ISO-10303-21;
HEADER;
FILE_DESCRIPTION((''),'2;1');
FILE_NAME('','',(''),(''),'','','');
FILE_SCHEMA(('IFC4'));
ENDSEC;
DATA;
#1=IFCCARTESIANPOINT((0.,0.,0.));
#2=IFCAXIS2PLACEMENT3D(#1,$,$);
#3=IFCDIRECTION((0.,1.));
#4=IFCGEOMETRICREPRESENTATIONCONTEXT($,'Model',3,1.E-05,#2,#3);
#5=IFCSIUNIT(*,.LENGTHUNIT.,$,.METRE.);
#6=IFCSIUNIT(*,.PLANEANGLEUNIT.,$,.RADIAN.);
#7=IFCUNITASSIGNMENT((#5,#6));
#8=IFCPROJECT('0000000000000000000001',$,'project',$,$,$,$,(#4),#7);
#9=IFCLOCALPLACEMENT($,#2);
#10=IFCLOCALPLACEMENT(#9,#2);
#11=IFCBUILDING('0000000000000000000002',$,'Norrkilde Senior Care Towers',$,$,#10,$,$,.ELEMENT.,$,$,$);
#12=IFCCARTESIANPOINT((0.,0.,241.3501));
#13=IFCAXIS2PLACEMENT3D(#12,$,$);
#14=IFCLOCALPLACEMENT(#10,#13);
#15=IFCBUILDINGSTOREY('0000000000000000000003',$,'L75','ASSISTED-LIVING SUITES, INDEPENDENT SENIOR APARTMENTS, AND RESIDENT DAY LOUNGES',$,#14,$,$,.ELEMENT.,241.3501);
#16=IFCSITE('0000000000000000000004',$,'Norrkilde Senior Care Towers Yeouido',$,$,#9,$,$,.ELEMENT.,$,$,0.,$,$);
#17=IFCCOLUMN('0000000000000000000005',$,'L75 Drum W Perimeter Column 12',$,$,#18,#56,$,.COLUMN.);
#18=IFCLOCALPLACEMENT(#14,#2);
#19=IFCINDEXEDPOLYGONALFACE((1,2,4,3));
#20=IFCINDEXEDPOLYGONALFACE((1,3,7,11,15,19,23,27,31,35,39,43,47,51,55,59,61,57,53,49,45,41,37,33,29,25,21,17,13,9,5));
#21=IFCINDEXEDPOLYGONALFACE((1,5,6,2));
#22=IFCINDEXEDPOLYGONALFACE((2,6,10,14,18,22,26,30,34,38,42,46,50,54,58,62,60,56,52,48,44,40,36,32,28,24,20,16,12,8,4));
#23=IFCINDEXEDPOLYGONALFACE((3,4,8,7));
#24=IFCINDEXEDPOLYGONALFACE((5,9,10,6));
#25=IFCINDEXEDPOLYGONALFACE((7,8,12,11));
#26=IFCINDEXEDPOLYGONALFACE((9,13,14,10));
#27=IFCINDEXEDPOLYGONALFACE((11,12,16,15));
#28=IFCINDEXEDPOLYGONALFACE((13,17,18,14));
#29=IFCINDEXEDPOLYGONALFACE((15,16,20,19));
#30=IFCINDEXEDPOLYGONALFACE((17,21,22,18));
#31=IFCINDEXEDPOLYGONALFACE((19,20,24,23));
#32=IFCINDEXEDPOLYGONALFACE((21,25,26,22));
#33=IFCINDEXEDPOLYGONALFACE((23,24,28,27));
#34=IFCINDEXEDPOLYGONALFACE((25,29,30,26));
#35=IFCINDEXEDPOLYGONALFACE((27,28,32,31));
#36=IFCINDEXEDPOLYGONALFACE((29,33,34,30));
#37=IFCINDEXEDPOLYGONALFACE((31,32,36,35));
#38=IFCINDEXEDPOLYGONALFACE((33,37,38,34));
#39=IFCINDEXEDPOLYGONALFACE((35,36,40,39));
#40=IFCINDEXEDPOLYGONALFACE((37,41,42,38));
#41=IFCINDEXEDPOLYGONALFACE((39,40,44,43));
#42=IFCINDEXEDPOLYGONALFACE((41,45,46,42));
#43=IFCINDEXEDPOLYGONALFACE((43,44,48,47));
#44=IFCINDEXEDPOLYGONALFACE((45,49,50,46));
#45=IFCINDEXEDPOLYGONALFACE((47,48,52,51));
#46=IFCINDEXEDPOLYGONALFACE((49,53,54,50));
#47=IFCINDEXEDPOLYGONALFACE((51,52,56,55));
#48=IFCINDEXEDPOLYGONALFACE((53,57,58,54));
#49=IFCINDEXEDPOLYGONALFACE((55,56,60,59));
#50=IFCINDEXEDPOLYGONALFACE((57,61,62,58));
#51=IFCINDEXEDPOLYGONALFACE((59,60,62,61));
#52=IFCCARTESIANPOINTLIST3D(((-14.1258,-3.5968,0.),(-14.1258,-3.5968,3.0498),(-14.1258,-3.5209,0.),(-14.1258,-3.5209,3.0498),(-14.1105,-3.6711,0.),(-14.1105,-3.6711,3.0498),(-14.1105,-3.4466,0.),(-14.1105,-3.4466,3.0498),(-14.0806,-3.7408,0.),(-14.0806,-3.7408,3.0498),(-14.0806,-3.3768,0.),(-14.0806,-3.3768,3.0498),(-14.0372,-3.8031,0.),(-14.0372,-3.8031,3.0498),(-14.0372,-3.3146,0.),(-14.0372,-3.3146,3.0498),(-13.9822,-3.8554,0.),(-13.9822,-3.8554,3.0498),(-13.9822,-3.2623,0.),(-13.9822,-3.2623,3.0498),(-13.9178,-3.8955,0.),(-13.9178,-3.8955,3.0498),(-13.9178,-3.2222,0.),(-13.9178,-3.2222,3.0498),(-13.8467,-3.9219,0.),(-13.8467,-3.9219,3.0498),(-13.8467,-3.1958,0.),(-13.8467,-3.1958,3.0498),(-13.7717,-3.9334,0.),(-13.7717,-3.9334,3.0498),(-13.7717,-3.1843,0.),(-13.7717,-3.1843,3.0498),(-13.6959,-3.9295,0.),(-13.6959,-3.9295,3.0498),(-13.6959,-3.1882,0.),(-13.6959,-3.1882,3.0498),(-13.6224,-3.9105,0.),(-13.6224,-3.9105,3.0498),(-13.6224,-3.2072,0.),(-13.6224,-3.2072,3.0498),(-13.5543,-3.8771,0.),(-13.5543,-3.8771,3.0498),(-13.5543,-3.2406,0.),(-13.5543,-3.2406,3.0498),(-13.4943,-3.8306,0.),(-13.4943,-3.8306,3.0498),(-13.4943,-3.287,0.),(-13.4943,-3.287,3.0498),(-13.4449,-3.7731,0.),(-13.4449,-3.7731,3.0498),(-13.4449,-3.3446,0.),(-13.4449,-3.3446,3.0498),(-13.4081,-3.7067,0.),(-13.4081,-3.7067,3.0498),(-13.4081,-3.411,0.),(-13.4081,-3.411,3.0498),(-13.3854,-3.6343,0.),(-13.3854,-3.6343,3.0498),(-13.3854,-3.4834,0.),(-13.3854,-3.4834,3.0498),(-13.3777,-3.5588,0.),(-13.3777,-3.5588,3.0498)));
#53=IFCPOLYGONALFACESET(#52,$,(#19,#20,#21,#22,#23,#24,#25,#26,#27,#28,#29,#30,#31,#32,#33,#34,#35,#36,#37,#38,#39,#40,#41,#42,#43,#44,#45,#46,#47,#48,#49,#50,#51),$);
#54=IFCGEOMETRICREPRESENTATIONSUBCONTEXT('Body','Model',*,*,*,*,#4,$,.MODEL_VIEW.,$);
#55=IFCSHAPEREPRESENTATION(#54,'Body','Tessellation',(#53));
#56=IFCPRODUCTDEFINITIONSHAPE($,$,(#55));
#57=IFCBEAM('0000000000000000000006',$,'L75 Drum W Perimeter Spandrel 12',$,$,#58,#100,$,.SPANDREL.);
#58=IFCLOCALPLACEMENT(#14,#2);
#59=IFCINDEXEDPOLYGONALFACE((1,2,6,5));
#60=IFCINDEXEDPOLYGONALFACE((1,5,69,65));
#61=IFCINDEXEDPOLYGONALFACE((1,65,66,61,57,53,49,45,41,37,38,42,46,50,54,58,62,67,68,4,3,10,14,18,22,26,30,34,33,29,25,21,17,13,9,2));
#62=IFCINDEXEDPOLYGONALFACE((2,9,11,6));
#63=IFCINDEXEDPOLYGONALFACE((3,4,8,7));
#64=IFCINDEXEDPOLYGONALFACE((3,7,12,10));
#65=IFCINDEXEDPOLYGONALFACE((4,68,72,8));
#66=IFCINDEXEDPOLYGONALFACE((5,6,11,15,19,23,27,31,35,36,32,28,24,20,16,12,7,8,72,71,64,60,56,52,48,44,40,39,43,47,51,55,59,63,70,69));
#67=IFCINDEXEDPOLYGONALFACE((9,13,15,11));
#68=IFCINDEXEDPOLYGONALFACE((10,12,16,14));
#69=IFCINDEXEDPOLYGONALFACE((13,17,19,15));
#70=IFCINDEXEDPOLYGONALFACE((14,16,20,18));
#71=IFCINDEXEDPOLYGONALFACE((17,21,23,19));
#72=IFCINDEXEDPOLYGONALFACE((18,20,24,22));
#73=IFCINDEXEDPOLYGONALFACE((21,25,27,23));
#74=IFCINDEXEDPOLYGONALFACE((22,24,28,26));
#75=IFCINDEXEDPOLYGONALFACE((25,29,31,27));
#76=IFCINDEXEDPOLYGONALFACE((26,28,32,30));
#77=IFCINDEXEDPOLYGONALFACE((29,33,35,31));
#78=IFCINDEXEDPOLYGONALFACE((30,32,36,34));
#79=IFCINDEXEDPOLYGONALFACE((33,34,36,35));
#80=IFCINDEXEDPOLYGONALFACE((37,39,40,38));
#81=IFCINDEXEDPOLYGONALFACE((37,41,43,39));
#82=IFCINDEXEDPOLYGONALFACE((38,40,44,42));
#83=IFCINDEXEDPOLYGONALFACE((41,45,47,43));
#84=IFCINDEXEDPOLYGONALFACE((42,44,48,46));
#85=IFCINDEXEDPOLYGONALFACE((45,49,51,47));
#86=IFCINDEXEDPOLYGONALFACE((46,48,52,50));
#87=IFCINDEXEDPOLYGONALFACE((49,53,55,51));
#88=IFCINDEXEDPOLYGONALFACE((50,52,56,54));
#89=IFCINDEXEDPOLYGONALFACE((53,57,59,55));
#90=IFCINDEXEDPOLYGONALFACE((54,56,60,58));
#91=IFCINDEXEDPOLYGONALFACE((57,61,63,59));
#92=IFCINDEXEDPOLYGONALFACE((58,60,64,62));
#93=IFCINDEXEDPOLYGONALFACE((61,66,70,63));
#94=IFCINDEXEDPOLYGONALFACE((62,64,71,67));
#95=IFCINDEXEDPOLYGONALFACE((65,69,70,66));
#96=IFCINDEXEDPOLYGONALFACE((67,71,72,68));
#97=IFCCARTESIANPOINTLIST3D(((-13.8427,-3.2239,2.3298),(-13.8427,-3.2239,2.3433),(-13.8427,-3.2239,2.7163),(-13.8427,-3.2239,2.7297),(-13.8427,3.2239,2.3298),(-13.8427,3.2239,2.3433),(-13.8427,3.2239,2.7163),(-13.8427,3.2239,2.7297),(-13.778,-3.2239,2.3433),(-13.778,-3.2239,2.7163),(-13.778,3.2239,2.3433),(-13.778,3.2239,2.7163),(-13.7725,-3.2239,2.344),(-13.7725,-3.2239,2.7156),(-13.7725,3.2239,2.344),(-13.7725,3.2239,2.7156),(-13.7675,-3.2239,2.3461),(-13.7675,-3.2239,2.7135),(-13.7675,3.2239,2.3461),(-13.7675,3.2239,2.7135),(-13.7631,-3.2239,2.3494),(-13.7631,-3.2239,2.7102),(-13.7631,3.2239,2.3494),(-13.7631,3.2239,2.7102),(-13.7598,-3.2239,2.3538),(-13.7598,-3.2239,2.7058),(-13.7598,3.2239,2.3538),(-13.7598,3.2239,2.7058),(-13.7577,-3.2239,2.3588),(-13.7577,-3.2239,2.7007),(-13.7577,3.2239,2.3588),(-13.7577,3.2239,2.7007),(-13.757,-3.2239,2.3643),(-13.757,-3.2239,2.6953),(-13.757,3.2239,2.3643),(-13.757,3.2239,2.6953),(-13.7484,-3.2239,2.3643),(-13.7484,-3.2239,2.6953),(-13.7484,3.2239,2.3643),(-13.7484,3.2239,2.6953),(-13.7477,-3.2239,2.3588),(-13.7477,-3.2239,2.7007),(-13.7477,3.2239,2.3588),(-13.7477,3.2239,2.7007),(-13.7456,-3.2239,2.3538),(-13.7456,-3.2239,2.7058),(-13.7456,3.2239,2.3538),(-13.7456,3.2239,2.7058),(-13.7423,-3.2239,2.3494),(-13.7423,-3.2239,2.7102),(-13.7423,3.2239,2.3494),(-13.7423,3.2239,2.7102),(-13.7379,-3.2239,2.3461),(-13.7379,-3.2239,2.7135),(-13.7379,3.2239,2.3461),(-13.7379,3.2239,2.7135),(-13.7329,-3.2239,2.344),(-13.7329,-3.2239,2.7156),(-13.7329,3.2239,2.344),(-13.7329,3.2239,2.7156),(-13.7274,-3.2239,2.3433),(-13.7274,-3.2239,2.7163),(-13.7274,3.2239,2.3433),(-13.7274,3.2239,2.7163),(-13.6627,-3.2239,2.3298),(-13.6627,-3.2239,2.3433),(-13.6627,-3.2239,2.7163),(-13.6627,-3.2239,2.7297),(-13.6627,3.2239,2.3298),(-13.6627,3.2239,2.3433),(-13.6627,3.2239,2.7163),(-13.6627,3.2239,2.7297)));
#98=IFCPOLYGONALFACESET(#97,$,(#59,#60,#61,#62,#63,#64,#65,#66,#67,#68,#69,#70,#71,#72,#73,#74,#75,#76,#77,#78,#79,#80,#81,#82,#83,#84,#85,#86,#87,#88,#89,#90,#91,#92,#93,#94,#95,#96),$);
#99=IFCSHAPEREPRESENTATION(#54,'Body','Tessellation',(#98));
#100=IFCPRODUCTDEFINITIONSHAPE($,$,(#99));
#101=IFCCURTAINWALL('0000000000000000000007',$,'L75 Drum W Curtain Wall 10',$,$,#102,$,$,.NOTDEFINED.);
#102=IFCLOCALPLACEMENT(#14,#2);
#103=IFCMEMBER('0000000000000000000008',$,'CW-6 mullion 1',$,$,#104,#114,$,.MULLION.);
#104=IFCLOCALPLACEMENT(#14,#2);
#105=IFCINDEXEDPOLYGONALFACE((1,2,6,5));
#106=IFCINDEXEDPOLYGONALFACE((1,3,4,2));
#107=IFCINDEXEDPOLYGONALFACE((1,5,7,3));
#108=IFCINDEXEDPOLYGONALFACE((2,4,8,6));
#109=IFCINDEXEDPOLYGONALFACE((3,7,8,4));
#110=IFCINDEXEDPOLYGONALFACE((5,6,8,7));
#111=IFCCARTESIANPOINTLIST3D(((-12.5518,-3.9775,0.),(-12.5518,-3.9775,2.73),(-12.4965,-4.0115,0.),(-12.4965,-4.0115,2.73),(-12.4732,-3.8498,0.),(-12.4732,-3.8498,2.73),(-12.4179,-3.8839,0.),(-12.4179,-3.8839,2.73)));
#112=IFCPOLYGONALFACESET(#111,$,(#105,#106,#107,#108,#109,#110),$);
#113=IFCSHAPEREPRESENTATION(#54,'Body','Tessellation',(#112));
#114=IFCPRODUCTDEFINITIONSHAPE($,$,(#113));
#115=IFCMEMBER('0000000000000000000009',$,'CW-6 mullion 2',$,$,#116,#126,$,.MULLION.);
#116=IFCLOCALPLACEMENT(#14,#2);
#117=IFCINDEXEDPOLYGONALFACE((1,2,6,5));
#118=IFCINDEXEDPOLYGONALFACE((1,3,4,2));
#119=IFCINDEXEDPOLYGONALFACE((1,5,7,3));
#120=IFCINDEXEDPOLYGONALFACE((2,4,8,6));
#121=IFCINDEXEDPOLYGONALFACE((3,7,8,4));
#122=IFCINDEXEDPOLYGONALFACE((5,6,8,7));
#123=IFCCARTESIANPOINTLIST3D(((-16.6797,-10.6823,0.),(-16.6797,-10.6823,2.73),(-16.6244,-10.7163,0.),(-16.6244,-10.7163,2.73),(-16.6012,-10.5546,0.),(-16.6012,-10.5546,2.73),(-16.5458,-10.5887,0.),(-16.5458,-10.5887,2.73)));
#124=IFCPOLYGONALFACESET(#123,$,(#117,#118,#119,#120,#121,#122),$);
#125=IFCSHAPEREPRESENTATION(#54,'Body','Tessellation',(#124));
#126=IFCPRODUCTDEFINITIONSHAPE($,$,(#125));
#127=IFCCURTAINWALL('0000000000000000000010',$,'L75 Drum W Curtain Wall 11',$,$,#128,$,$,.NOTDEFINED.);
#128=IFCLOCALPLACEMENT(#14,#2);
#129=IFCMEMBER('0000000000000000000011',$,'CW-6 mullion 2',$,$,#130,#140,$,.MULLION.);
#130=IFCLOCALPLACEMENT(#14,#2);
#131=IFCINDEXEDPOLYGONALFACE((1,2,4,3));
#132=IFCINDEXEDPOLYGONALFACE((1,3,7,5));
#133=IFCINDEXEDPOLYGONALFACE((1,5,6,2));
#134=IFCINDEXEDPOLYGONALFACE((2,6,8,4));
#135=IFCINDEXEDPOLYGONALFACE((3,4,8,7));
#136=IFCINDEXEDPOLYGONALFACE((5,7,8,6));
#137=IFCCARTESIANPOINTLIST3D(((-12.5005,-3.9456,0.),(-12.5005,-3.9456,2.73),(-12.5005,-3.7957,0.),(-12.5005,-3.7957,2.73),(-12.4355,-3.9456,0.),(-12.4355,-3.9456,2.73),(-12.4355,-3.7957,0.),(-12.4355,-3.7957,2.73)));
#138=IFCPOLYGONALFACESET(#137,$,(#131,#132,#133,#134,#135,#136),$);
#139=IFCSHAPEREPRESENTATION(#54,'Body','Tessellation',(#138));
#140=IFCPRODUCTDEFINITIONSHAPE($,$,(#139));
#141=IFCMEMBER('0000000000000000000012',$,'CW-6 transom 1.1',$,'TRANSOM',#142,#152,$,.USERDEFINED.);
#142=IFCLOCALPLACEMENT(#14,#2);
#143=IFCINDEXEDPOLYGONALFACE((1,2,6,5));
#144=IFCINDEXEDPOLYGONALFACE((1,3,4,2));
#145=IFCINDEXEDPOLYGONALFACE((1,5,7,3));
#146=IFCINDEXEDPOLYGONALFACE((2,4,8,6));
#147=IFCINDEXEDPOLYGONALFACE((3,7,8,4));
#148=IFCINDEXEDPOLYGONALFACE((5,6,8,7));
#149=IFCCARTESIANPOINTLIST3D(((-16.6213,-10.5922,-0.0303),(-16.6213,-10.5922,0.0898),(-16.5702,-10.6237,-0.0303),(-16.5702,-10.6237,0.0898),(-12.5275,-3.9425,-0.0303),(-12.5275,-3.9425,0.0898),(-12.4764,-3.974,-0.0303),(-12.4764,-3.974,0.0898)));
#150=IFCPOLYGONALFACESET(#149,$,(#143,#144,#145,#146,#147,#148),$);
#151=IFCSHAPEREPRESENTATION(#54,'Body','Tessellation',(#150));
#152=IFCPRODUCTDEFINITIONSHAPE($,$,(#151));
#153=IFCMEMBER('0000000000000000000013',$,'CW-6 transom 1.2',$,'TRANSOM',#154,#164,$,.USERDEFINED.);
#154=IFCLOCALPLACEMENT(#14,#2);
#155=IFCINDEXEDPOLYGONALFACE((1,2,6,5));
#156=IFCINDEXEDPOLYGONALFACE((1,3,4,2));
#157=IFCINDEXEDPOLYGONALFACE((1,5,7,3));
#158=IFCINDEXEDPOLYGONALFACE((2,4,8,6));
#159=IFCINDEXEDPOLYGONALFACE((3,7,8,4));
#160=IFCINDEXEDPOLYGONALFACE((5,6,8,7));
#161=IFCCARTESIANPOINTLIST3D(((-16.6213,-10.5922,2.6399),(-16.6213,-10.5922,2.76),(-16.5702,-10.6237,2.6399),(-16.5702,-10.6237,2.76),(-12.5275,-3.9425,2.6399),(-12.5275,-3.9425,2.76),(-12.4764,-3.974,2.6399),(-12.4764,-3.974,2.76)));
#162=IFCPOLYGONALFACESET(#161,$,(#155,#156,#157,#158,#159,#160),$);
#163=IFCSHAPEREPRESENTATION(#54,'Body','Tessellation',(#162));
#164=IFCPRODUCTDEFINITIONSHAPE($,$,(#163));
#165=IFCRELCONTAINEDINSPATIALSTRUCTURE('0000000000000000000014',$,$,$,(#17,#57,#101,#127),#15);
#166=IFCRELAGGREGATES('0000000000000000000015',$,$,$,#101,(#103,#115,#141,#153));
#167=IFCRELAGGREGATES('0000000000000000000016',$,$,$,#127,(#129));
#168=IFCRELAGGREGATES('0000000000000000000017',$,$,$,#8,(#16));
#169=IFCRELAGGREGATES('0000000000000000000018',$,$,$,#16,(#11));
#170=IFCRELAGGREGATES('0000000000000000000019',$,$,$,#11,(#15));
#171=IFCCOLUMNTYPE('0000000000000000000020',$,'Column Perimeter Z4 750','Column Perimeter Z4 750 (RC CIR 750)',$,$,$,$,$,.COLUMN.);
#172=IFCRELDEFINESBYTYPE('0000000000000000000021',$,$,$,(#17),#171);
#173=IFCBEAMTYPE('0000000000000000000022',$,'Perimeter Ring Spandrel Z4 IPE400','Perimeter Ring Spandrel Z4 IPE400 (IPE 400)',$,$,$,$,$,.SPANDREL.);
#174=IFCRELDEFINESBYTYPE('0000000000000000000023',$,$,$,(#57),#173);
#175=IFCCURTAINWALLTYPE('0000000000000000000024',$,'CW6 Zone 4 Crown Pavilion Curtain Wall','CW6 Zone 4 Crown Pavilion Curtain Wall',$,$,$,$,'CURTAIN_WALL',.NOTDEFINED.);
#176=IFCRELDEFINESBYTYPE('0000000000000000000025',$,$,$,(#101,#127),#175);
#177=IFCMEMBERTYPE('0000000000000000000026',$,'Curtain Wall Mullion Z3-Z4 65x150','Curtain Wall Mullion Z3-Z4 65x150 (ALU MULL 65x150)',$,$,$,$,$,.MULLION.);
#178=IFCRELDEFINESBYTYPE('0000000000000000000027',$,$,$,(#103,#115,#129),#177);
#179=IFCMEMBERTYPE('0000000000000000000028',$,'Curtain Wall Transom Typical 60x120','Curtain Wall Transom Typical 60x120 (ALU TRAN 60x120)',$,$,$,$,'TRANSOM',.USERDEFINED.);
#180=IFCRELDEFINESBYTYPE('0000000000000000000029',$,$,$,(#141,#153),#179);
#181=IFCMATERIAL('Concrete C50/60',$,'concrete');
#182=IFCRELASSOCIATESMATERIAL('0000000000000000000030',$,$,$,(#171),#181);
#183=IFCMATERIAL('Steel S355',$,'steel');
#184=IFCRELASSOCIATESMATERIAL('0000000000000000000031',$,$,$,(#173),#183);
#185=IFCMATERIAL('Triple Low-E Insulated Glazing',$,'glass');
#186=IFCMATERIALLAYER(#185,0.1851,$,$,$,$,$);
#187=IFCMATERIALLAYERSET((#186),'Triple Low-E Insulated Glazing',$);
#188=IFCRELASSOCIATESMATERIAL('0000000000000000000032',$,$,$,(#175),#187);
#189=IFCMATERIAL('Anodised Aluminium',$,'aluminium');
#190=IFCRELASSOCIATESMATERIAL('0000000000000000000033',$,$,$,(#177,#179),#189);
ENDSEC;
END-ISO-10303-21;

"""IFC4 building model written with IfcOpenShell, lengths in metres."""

from ifc_helpers import new_model, si_unit, direction, frame, origin, origin_2d, place, context, subcontext, project, spatial, rectangle, circle, i_section, extrude, source, transform, mapped, material, layer, layer_set, material_profile, profile_set, type_object, type_shapes, element, aggregate, save


model = new_model("IFC4")

# Units and contexts
model_context = context("Model", 3, precision=1e-05, world=origin(), true_north=direction((0.0, 1.0)))
body_context = subcontext(model_context, "Body", "Model", "MODEL_VIEW")
ifc_project = project(units=[si_unit("LENGTHUNIT", "METRE"), si_unit("PLANEANGLEUNIT", "RADIAN")], contexts=[model_context])

# Site, building, storey
site_placement = place(None, origin())
site = spatial("IfcSite", under=ifc_project, at=site_placement, Name="Norrkilde Senior Care Towers Yeouido", CompositionType="ELEMENT", RefElevation=0.0)
building_placement = place(site_placement, origin())
building = spatial("IfcBuilding", under=site, at=building_placement, Name="Norrkilde Senior Care Towers", CompositionType="ELEMENT")
storey_placement = place(building_placement, frame((0.0, 0.0, 241.3501)))
storey = spatial("IfcBuildingStorey", under=building, at=storey_placement, Name="L75", Description="ASSISTED-LIVING SUITES, INDEPENDENT SENIOR APARTMENTS, AND RESIDENT DAY LOUNGES", CompositionType="ELEMENT", Elevation=241.3501)

# Column
ifc_material_1 = material(Name="Concrete C50/60", Category="concrete")
ifc_material_profile_1 = material_profile(ifc_material_1, circle(Radius=0.375, at=origin_2d()), Name="RC CIR 750")
ifc_profile_set_1 = profile_set([ifc_material_profile_1], Name="Concrete C50/60")
column_type = type_object("IfcColumnType", Name="Column Perimeter Z4 750", Description="Column Perimeter Z4 750 (RC CIR 750)", PredefinedType="COLUMN", material=ifc_profile_set_1)
shared_shape_1 = source(origin(), body_context, "Body", "SweptSolid", [
    extrude(circle(Radius=0.375, at=origin_2d()), origin(), (0.0, 0.0, 1.0), 3.0498),
])
type_shapes(column_type, [shared_shape_1])
column_placement = place(storey_placement, frame((-13.7527, -3.5588, 0.0), z_axis=(0.0, 0.0, 1.0), x_axis=(1.0, 0.0, 0.0)))
element("IfcColumn", 1, at=column_placement, inside=storey, type_object=column_type, Name="L75 Drum W Perimeter Column 12", PredefinedType="COLUMN", context=body_context, shape_type="MappedRepresentation", body=[
    mapped(shared_shape_1, transform((0.0, 0.0, 0.0), x_axis=(1.0, 0.0, 0.0), y_axis=(0.0, 1.0, 0.0), z_axis=(0.0, 0.0, 1.0), scale=1.0)),
])

# Beam
ifc_material_2 = material(Name="Steel S355", Category="steel")
ifc_material_profile_2 = material_profile(ifc_material_2, i_section(OverallWidth=0.1799, OverallDepth=0.3999, WebThickness=0.0085, FlangeThickness=0.0134, FilletRadius=0.021, at=origin_2d()), Name="IPE 400")
ifc_profile_set_2 = profile_set([ifc_material_profile_2], Name="Steel S355")
beam_type = type_object("IfcBeamType", Name="Perimeter Ring Spandrel Z4 IPE400", Description="Perimeter Ring Spandrel Z4 IPE400 (IPE 400)", PredefinedType="SPANDREL", material=ifc_profile_set_2)
shared_shape_2 = source(origin(), body_context, "Body", "SweptSolid", [
    extrude(i_section(OverallWidth=0.1799, OverallDepth=0.3999, WebThickness=0.0085, FlangeThickness=0.0134, FilletRadius=0.021, at=origin_2d()), origin(), (0.0, 0.0, 1.0), 6.4478),
])
type_shapes(beam_type, [shared_shape_2])
beam_placement = place(storey_placement, frame((-13.7527, -3.2239, 2.5298), z_axis=(0.0, 1.0, 0.0), x_axis=(-1.0, 0.0, 0.0)))
element("IfcBeam", 2, at=beam_placement, inside=storey, type_object=beam_type, Name="L75 Drum W Perimeter Spandrel 12", PredefinedType="SPANDREL", context=body_context, shape_type="MappedRepresentation", body=[
    mapped(shared_shape_2, transform((0.0, 0.0, 0.0), x_axis=(1.0, 0.0, 0.0), y_axis=(0.0, 1.0, 0.0), z_axis=(0.0, 0.0, 1.0), scale=1.0)),
])

# Curtain wall, members
ifc_material_3 = material(Name="Triple Low-E Insulated Glazing", Category="glass")
ifc_layer_1 = layer(ifc_material_3, 0.1851)
ifc_layer_set_1 = layer_set([ifc_layer_1], Name="Triple Low-E Insulated Glazing")
curtain_wall_type = type_object("IfcCurtainWallType", Name="CW6 Zone 4 Crown Pavilion Curtain Wall", Description="CW6 Zone 4 Crown Pavilion Curtain Wall", ElementType="CURTAIN_WALL", PredefinedType="NOTDEFINED", material=ifc_layer_set_1)
curtain_wall_1_placement = place(storey_placement, origin())
curtain_wall_1 = element("IfcCurtainWall", 3, at=curtain_wall_1_placement, inside=storey, type_object=curtain_wall_type, Name="L75 Drum W Curtain Wall 10", PredefinedType="NOTDEFINED")
ifc_material_4 = material(Name="Anodised Aluminium", Category="aluminium")
ifc_material_profile_3 = material_profile(ifc_material_4, rectangle(XDim=0.0649, YDim=0.1499, at=origin_2d()), Name="ALU MULL 65x150")
ifc_profile_set_3 = profile_set([ifc_material_profile_3], Name="Anodised Aluminium")
member_type_1 = type_object("IfcMemberType", Name="Curtain Wall Mullion Z3-Z4 65x150", Description="Curtain Wall Mullion Z3-Z4 65x150 (ALU MULL 65x150)", PredefinedType="MULLION", material=ifc_profile_set_3)
shared_shape_3 = source(origin(), body_context, "Body", "SweptSolid", [
    extrude(rectangle(XDim=0.0649, YDim=0.1499, at=origin_2d()), origin(), (0.0, 0.0, 1.0), 2.73),
])
type_shapes(member_type_1, [shared_shape_3])
member_1_placement = place(storey_placement, frame((-12.4849, -3.9307, 0.0), z_axis=(0.0, 0.0, 1.0), x_axis=(0.851563, -0.524253, 0.0)))
member_1 = element("IfcMember", 4, at=member_1_placement, type_object=member_type_1, Name="CW-6 mullion 1", PredefinedType="MULLION", context=body_context, shape_type="MappedRepresentation", body=[
    mapped(shared_shape_3, transform((0.0, 0.0, 0.0), x_axis=(1.0, 0.0, 0.0), y_axis=(0.0, 1.0, 0.0), z_axis=(0.0, 0.0, 1.0), scale=1.0)),
])
member_2_placement = place(storey_placement, frame((-16.6128, -10.6355, 0.0), z_axis=(0.0, 0.0, 1.0), x_axis=(0.851563, -0.524253, 0.0)))
member_2 = element("IfcMember", 5, at=member_2_placement, type_object=member_type_1, Name="CW-6 mullion 2", PredefinedType="MULLION", context=body_context, shape_type="MappedRepresentation", body=[
    mapped(shared_shape_3, transform((0.0, 0.0, 0.0), x_axis=(1.0, 0.0, 0.0), y_axis=(0.0, 1.0, 0.0), z_axis=(0.0, 0.0, 1.0), scale=1.0)),
])

# Curtain wall, member
curtain_wall_2_placement = place(storey_placement, origin())
curtain_wall_2 = element("IfcCurtainWall", 6, at=curtain_wall_2_placement, inside=storey, type_object=curtain_wall_type, Name="L75 Drum W Curtain Wall 11", PredefinedType="NOTDEFINED")
member_3_placement = place(storey_placement, frame((-12.468, -3.8706, 0.0), z_axis=(0.0, 0.0, 1.0), x_axis=(1.0, 0.0, 0.0)))
member_3 = element("IfcMember", 7, at=member_3_placement, type_object=member_type_1, Name="CW-6 mullion 2", PredefinedType="MULLION", context=body_context, shape_type="MappedRepresentation", body=[
    mapped(shared_shape_3, transform((0.0, 0.0, 0.0), x_axis=(1.0, 0.0, 0.0), y_axis=(0.0, 1.0, 0.0), z_axis=(0.0, 0.0, 1.0), scale=1.0)),
])

# Members
ifc_material_profile_4 = material_profile(ifc_material_4, rectangle(XDim=0.0601, YDim=0.1201, at=origin_2d()), Name="ALU TRAN 60x120")
ifc_profile_set_4 = profile_set([ifc_material_profile_4], Name="Anodised Aluminium")
member_type_2 = type_object("IfcMemberType", Name="Curtain Wall Transom Typical 60x120", Description="Curtain Wall Transom Typical 60x120 (ALU TRAN 60x120)", ElementType="TRANSOM", PredefinedType="USERDEFINED", material=ifc_profile_set_4)
shared_shape_4 = source(origin(), body_context, "Body", "SweptSolid", [
    extrude(rectangle(XDim=0.0601, YDim=0.1201, at=origin_2d()), origin(), (0.0, 0.0, 1.0), 7.8088),
])
type_shapes(member_type_2, [shared_shape_4])
member_4_placement = place(storey_placement, frame((-12.502, -3.9583, 0.0298), z_axis=(-0.524251, -0.851564, 0.0), x_axis=(0.851564, -0.524251, 0.0)))
member_4 = element("IfcMember", 8, at=member_4_placement, type_object=member_type_2, Name="CW-6 transom 1.1", ObjectType="TRANSOM", PredefinedType="USERDEFINED", context=body_context, shape_type="MappedRepresentation", body=[
    mapped(shared_shape_4, transform((0.0, 0.0, 0.0), x_axis=(1.0, 0.0, 0.0), y_axis=(0.0, 1.0, 0.0), z_axis=(0.0, 0.0, 1.0), scale=1.0)),
])
member_5_placement = place(storey_placement, frame((-12.502, -3.9583, 2.7), z_axis=(-0.524251, -0.851564, 0.0), x_axis=(0.851564, -0.524251, 0.0)))
member_5 = element("IfcMember", 9, at=member_5_placement, type_object=member_type_2, Name="CW-6 transom 1.2", ObjectType="TRANSOM", PredefinedType="USERDEFINED", context=body_context, shape_type="MappedRepresentation", body=[
    mapped(shared_shape_4, transform((0.0, 0.0, 0.0), x_axis=(1.0, 0.0, 0.0), y_axis=(0.0, 1.0, 0.0), z_axis=(0.0, 0.0, 1.0), scale=1.0)),
])

aggregate(curtain_wall_1, [member_1, member_2, member_4, member_5])
aggregate(curtain_wall_2, [member_3])

save(model, "model.ifc")
